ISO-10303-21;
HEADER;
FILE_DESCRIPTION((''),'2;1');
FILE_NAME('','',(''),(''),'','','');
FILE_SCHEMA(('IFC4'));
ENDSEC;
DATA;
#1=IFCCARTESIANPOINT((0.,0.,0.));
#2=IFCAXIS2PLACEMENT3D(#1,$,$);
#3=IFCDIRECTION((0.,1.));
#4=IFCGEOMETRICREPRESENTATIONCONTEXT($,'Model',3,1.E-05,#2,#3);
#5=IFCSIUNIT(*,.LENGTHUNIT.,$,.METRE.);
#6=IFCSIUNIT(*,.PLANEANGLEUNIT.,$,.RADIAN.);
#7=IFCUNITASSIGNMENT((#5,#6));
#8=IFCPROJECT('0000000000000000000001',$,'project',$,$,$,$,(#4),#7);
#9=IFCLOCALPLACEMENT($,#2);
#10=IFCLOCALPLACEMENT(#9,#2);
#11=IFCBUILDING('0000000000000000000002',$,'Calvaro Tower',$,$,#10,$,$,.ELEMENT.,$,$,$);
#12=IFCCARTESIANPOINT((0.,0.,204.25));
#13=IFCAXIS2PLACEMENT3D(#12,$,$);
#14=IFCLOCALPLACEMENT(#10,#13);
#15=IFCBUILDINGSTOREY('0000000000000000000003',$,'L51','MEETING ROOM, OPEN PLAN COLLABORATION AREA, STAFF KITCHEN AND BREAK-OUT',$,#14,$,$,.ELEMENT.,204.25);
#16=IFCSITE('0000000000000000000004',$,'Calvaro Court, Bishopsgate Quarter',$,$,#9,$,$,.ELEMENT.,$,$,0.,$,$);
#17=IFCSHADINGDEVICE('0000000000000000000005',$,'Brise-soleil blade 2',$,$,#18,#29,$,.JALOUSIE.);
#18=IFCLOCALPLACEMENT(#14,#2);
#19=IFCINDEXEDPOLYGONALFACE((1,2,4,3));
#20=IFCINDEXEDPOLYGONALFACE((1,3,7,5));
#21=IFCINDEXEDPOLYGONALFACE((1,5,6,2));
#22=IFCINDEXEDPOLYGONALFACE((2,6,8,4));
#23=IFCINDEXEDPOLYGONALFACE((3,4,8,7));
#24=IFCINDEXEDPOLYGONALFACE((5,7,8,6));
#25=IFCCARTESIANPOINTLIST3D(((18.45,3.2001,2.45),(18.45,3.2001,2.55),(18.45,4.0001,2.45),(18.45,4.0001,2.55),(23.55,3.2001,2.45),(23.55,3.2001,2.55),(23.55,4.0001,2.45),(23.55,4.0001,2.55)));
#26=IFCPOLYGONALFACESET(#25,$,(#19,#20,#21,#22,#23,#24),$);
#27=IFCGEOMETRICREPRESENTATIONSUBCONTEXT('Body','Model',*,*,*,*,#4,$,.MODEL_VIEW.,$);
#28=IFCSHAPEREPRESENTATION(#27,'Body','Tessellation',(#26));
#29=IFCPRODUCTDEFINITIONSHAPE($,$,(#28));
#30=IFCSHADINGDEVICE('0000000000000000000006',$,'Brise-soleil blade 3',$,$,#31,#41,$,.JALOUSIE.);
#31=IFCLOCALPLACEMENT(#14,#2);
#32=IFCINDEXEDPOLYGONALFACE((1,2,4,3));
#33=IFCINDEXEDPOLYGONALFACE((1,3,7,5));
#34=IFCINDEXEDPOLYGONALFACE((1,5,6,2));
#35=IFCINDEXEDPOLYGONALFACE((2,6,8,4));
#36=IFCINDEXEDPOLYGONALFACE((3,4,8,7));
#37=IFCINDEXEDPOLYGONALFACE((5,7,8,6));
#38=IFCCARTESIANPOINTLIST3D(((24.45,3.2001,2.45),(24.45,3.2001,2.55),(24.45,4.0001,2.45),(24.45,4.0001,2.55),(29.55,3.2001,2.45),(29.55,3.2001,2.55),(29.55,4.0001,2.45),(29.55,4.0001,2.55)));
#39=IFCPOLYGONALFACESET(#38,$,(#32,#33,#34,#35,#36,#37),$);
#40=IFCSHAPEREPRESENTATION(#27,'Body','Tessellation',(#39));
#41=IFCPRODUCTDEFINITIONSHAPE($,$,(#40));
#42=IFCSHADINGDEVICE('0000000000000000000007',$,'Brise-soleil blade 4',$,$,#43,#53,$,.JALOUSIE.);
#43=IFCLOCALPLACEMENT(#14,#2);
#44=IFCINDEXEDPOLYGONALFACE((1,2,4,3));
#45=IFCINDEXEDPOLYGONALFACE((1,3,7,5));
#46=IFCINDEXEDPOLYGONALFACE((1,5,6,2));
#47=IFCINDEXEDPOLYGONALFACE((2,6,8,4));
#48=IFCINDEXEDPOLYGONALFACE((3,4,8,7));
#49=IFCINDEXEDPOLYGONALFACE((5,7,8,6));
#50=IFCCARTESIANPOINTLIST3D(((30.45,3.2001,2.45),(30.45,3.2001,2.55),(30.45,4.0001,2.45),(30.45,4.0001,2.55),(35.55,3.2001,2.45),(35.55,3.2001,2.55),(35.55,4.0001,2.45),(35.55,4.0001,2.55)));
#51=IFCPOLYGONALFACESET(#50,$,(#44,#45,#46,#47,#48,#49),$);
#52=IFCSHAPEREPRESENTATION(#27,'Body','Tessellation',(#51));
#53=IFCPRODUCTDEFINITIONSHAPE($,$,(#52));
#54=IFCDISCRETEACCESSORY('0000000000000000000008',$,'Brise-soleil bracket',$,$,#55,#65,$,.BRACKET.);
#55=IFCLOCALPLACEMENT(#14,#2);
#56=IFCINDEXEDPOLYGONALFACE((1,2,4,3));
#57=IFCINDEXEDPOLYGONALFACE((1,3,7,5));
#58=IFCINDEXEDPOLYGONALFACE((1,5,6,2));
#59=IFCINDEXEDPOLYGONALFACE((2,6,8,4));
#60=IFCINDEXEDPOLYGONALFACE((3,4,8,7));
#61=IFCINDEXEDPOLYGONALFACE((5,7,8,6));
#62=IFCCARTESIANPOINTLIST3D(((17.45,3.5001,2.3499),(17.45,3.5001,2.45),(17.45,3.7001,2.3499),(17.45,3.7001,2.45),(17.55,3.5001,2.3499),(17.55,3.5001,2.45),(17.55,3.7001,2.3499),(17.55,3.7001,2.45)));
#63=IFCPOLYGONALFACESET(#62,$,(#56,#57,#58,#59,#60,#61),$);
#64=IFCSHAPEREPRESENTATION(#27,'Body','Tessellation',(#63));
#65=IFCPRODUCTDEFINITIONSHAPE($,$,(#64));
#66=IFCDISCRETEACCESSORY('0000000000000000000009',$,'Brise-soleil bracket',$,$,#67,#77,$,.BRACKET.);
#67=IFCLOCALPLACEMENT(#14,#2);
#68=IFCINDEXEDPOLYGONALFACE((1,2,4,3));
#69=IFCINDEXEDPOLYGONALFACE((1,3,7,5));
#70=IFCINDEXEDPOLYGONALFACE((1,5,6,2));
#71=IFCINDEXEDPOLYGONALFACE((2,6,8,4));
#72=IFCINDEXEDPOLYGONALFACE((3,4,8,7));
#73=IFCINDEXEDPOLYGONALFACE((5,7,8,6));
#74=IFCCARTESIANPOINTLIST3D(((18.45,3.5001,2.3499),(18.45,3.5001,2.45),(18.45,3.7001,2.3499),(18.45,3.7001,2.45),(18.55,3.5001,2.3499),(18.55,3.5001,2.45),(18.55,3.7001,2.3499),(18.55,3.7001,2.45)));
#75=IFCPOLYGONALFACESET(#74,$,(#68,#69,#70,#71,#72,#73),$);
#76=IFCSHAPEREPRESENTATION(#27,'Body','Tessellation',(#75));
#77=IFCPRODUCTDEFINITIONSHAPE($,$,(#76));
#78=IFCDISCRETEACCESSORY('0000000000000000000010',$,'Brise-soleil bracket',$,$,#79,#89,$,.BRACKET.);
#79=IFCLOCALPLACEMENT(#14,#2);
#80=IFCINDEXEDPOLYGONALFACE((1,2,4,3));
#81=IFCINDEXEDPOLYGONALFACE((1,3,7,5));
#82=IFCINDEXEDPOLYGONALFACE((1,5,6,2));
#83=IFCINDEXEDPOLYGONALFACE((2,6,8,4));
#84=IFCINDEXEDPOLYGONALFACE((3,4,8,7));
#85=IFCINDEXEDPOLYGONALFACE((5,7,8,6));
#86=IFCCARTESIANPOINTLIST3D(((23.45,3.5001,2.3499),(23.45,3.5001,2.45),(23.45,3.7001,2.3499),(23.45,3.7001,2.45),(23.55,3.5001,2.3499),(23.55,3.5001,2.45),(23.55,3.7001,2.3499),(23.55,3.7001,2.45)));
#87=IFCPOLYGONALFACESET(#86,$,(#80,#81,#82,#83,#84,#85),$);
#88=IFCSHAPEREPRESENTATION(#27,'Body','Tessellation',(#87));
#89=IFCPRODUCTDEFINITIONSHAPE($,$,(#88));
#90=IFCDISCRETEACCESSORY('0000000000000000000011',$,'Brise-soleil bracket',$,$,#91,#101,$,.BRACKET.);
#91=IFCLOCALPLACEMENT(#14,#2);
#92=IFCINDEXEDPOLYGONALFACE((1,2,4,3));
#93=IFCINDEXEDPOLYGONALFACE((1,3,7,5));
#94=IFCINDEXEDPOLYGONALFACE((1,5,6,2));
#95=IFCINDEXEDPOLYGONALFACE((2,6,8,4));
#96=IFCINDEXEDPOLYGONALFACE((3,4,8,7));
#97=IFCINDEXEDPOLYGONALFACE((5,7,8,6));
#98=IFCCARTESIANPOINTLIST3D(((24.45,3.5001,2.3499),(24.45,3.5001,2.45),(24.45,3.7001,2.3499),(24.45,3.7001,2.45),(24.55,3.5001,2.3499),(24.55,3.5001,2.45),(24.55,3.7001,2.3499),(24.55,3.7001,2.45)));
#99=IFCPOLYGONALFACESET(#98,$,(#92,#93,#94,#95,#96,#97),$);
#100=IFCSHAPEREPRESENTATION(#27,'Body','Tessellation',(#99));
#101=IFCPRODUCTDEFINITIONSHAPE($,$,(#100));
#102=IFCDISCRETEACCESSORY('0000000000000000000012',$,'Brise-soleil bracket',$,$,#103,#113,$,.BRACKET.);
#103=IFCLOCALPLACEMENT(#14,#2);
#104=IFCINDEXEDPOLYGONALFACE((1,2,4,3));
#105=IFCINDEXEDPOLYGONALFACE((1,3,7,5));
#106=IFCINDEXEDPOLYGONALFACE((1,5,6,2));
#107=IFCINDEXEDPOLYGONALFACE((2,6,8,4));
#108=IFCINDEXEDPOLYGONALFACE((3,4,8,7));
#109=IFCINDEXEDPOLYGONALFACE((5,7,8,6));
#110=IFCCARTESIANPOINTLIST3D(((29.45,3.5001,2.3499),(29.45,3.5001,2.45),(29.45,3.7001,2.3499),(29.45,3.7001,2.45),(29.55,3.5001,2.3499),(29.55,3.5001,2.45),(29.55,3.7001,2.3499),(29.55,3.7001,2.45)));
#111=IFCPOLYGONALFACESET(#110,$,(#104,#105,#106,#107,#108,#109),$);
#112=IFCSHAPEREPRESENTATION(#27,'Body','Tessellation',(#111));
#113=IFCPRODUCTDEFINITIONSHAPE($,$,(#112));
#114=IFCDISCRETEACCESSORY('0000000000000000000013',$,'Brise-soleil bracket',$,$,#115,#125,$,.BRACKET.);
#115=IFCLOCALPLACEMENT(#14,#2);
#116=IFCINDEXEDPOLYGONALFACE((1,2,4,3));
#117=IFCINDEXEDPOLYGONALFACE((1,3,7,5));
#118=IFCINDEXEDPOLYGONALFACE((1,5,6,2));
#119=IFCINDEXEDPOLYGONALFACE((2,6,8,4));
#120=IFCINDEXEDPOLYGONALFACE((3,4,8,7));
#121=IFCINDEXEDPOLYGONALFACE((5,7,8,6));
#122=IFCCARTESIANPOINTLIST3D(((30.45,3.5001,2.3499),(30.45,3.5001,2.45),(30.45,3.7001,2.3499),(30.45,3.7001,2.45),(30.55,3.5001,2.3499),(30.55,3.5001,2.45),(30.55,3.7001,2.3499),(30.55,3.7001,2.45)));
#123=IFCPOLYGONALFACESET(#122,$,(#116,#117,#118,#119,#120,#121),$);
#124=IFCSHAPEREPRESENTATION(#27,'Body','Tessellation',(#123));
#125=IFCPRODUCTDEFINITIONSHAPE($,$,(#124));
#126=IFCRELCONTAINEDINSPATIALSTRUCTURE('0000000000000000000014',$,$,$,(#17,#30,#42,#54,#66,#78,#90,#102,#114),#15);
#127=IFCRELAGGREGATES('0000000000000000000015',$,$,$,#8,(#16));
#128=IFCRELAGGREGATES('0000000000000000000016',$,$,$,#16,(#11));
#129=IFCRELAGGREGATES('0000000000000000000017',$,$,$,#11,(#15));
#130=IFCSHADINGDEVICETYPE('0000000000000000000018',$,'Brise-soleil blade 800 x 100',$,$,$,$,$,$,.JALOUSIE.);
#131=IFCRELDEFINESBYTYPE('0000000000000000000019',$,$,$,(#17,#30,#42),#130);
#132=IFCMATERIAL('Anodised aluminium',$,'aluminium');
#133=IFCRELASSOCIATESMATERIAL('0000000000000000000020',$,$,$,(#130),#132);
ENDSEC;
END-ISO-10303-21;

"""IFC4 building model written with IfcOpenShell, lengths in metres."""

from ifc_helpers import new_model, si_unit, direction, frame, origin, origin_2d, place, context, subcontext, project, spatial, rectangle, extrude, material, material_profile, profile_set, type_object, element, save


model = new_model("IFC4")

# Units and contexts
model_context = context("Model", 3, precision=1e-05, world=origin(), true_north=direction((0.0, 1.0)))
body_context = subcontext(model_context, "Body", "Model", "MODEL_VIEW")
ifc_project = project(units=[si_unit("LENGTHUNIT", "METRE"), si_unit("PLANEANGLEUNIT", "RADIAN")], contexts=[model_context])

# Site, building, storey
site_placement = place(None, origin())
site = spatial("IfcSite", under=ifc_project, at=site_placement, Name="Calvaro Court, Bishopsgate Quarter", CompositionType="ELEMENT", RefElevation=0.0)
building_placement = place(site_placement, origin())
building = spatial("IfcBuilding", under=site, at=building_placement, Name="Calvaro Tower", CompositionType="ELEMENT")
storey_placement = place(building_placement, frame((0.0, 0.0, 204.25)))
storey = spatial("IfcBuildingStorey", under=building, at=storey_placement, Name="L51", Description="MEETING ROOM, OPEN PLAN COLLABORATION AREA, STAFF KITCHEN AND BREAK-OUT", CompositionType="ELEMENT", Elevation=204.25)

# Shading devices
ifc_material_1 = material(Name="Anodised aluminium", Category="aluminium")
ifc_material_profile_1 = material_profile(ifc_material_1, rectangle(XDim=0.8, YDim=0.1001, at=origin_2d()), Name="Brise-soleil blade 800 x 100")
ifc_profile_set_1 = profile_set([ifc_material_profile_1], Name="Anodised aluminium")
shading_device_type = type_object("IfcShadingDeviceType", Name="Brise-soleil blade 800 x 100", PredefinedType="JALOUSIE", material=ifc_profile_set_1)
for number, where, z_axis, x_axis, name in (
    (1, (18.45, 3.6001, 2.5), (1.0, 0.0, 0.0), (0.0, 1.0, 0.0), "Brise-soleil blade 2"),
    (2, (24.45, 3.6001, 2.5), (1.0, 0.0, 0.0), (0.0, 1.0, 0.0), "Brise-soleil blade 3"),
    (3, (30.45, 3.6001, 2.5), (1.0, 0.0, 0.0), (0.0, 1.0, 0.0), "Brise-soleil blade 4"),
):
    element("IfcShadingDevice", number, at=place(storey_placement, frame(where, z_axis=z_axis, x_axis=x_axis)), inside=storey, type_object=shading_device_type, Name=name, PredefinedType="JALOUSIE", context=body_context, shape_type="SweptSolid", body=[
        extrude(rectangle(XDim=0.8, YDim=0.1001, at=origin_2d()), origin(), (0.0, 0.0, 1.0), 5.1001),
    ])

# Discrete accessories
for number, where, z_axis, x_axis, name in (
    (4, (17.5, 3.6001, 2.3499), (0.0, 0.0, 1.0), (1.0, 0.0, 0.0), "Brise-soleil bracket"),
    (5, (18.5, 3.6001, 2.3499), (0.0, 0.0, 1.0), (1.0, 0.0, 0.0), "Brise-soleil bracket"),
    (6, (23.5, 3.6001, 2.3499), (0.0, 0.0, 1.0), (1.0, 0.0, 0.0), "Brise-soleil bracket"),
    (7, (24.5, 3.6001, 2.3499), (0.0, 0.0, 1.0), (1.0, 0.0, 0.0), "Brise-soleil bracket"),
    (8, (29.5, 3.6001, 2.3499), (0.0, 0.0, 1.0), (1.0, 0.0, 0.0), "Brise-soleil bracket"),
    (9, (30.5, 3.6001, 2.3499), (0.0, 0.0, 1.0), (1.0, 0.0, 0.0), "Brise-soleil bracket"),
):
    element("IfcDiscreteAccessory", number, at=place(storey_placement, frame(where, z_axis=z_axis, x_axis=x_axis)), inside=storey, Name=name, PredefinedType="BRACKET", context=body_context, shape_type="SweptSolid", body=[
        extrude(rectangle(XDim=0.1001, YDim=0.2, at=origin_2d()), origin(), (0.0, 0.0, 1.0), 0.1001),
    ])

save(model, "model.ifc")
